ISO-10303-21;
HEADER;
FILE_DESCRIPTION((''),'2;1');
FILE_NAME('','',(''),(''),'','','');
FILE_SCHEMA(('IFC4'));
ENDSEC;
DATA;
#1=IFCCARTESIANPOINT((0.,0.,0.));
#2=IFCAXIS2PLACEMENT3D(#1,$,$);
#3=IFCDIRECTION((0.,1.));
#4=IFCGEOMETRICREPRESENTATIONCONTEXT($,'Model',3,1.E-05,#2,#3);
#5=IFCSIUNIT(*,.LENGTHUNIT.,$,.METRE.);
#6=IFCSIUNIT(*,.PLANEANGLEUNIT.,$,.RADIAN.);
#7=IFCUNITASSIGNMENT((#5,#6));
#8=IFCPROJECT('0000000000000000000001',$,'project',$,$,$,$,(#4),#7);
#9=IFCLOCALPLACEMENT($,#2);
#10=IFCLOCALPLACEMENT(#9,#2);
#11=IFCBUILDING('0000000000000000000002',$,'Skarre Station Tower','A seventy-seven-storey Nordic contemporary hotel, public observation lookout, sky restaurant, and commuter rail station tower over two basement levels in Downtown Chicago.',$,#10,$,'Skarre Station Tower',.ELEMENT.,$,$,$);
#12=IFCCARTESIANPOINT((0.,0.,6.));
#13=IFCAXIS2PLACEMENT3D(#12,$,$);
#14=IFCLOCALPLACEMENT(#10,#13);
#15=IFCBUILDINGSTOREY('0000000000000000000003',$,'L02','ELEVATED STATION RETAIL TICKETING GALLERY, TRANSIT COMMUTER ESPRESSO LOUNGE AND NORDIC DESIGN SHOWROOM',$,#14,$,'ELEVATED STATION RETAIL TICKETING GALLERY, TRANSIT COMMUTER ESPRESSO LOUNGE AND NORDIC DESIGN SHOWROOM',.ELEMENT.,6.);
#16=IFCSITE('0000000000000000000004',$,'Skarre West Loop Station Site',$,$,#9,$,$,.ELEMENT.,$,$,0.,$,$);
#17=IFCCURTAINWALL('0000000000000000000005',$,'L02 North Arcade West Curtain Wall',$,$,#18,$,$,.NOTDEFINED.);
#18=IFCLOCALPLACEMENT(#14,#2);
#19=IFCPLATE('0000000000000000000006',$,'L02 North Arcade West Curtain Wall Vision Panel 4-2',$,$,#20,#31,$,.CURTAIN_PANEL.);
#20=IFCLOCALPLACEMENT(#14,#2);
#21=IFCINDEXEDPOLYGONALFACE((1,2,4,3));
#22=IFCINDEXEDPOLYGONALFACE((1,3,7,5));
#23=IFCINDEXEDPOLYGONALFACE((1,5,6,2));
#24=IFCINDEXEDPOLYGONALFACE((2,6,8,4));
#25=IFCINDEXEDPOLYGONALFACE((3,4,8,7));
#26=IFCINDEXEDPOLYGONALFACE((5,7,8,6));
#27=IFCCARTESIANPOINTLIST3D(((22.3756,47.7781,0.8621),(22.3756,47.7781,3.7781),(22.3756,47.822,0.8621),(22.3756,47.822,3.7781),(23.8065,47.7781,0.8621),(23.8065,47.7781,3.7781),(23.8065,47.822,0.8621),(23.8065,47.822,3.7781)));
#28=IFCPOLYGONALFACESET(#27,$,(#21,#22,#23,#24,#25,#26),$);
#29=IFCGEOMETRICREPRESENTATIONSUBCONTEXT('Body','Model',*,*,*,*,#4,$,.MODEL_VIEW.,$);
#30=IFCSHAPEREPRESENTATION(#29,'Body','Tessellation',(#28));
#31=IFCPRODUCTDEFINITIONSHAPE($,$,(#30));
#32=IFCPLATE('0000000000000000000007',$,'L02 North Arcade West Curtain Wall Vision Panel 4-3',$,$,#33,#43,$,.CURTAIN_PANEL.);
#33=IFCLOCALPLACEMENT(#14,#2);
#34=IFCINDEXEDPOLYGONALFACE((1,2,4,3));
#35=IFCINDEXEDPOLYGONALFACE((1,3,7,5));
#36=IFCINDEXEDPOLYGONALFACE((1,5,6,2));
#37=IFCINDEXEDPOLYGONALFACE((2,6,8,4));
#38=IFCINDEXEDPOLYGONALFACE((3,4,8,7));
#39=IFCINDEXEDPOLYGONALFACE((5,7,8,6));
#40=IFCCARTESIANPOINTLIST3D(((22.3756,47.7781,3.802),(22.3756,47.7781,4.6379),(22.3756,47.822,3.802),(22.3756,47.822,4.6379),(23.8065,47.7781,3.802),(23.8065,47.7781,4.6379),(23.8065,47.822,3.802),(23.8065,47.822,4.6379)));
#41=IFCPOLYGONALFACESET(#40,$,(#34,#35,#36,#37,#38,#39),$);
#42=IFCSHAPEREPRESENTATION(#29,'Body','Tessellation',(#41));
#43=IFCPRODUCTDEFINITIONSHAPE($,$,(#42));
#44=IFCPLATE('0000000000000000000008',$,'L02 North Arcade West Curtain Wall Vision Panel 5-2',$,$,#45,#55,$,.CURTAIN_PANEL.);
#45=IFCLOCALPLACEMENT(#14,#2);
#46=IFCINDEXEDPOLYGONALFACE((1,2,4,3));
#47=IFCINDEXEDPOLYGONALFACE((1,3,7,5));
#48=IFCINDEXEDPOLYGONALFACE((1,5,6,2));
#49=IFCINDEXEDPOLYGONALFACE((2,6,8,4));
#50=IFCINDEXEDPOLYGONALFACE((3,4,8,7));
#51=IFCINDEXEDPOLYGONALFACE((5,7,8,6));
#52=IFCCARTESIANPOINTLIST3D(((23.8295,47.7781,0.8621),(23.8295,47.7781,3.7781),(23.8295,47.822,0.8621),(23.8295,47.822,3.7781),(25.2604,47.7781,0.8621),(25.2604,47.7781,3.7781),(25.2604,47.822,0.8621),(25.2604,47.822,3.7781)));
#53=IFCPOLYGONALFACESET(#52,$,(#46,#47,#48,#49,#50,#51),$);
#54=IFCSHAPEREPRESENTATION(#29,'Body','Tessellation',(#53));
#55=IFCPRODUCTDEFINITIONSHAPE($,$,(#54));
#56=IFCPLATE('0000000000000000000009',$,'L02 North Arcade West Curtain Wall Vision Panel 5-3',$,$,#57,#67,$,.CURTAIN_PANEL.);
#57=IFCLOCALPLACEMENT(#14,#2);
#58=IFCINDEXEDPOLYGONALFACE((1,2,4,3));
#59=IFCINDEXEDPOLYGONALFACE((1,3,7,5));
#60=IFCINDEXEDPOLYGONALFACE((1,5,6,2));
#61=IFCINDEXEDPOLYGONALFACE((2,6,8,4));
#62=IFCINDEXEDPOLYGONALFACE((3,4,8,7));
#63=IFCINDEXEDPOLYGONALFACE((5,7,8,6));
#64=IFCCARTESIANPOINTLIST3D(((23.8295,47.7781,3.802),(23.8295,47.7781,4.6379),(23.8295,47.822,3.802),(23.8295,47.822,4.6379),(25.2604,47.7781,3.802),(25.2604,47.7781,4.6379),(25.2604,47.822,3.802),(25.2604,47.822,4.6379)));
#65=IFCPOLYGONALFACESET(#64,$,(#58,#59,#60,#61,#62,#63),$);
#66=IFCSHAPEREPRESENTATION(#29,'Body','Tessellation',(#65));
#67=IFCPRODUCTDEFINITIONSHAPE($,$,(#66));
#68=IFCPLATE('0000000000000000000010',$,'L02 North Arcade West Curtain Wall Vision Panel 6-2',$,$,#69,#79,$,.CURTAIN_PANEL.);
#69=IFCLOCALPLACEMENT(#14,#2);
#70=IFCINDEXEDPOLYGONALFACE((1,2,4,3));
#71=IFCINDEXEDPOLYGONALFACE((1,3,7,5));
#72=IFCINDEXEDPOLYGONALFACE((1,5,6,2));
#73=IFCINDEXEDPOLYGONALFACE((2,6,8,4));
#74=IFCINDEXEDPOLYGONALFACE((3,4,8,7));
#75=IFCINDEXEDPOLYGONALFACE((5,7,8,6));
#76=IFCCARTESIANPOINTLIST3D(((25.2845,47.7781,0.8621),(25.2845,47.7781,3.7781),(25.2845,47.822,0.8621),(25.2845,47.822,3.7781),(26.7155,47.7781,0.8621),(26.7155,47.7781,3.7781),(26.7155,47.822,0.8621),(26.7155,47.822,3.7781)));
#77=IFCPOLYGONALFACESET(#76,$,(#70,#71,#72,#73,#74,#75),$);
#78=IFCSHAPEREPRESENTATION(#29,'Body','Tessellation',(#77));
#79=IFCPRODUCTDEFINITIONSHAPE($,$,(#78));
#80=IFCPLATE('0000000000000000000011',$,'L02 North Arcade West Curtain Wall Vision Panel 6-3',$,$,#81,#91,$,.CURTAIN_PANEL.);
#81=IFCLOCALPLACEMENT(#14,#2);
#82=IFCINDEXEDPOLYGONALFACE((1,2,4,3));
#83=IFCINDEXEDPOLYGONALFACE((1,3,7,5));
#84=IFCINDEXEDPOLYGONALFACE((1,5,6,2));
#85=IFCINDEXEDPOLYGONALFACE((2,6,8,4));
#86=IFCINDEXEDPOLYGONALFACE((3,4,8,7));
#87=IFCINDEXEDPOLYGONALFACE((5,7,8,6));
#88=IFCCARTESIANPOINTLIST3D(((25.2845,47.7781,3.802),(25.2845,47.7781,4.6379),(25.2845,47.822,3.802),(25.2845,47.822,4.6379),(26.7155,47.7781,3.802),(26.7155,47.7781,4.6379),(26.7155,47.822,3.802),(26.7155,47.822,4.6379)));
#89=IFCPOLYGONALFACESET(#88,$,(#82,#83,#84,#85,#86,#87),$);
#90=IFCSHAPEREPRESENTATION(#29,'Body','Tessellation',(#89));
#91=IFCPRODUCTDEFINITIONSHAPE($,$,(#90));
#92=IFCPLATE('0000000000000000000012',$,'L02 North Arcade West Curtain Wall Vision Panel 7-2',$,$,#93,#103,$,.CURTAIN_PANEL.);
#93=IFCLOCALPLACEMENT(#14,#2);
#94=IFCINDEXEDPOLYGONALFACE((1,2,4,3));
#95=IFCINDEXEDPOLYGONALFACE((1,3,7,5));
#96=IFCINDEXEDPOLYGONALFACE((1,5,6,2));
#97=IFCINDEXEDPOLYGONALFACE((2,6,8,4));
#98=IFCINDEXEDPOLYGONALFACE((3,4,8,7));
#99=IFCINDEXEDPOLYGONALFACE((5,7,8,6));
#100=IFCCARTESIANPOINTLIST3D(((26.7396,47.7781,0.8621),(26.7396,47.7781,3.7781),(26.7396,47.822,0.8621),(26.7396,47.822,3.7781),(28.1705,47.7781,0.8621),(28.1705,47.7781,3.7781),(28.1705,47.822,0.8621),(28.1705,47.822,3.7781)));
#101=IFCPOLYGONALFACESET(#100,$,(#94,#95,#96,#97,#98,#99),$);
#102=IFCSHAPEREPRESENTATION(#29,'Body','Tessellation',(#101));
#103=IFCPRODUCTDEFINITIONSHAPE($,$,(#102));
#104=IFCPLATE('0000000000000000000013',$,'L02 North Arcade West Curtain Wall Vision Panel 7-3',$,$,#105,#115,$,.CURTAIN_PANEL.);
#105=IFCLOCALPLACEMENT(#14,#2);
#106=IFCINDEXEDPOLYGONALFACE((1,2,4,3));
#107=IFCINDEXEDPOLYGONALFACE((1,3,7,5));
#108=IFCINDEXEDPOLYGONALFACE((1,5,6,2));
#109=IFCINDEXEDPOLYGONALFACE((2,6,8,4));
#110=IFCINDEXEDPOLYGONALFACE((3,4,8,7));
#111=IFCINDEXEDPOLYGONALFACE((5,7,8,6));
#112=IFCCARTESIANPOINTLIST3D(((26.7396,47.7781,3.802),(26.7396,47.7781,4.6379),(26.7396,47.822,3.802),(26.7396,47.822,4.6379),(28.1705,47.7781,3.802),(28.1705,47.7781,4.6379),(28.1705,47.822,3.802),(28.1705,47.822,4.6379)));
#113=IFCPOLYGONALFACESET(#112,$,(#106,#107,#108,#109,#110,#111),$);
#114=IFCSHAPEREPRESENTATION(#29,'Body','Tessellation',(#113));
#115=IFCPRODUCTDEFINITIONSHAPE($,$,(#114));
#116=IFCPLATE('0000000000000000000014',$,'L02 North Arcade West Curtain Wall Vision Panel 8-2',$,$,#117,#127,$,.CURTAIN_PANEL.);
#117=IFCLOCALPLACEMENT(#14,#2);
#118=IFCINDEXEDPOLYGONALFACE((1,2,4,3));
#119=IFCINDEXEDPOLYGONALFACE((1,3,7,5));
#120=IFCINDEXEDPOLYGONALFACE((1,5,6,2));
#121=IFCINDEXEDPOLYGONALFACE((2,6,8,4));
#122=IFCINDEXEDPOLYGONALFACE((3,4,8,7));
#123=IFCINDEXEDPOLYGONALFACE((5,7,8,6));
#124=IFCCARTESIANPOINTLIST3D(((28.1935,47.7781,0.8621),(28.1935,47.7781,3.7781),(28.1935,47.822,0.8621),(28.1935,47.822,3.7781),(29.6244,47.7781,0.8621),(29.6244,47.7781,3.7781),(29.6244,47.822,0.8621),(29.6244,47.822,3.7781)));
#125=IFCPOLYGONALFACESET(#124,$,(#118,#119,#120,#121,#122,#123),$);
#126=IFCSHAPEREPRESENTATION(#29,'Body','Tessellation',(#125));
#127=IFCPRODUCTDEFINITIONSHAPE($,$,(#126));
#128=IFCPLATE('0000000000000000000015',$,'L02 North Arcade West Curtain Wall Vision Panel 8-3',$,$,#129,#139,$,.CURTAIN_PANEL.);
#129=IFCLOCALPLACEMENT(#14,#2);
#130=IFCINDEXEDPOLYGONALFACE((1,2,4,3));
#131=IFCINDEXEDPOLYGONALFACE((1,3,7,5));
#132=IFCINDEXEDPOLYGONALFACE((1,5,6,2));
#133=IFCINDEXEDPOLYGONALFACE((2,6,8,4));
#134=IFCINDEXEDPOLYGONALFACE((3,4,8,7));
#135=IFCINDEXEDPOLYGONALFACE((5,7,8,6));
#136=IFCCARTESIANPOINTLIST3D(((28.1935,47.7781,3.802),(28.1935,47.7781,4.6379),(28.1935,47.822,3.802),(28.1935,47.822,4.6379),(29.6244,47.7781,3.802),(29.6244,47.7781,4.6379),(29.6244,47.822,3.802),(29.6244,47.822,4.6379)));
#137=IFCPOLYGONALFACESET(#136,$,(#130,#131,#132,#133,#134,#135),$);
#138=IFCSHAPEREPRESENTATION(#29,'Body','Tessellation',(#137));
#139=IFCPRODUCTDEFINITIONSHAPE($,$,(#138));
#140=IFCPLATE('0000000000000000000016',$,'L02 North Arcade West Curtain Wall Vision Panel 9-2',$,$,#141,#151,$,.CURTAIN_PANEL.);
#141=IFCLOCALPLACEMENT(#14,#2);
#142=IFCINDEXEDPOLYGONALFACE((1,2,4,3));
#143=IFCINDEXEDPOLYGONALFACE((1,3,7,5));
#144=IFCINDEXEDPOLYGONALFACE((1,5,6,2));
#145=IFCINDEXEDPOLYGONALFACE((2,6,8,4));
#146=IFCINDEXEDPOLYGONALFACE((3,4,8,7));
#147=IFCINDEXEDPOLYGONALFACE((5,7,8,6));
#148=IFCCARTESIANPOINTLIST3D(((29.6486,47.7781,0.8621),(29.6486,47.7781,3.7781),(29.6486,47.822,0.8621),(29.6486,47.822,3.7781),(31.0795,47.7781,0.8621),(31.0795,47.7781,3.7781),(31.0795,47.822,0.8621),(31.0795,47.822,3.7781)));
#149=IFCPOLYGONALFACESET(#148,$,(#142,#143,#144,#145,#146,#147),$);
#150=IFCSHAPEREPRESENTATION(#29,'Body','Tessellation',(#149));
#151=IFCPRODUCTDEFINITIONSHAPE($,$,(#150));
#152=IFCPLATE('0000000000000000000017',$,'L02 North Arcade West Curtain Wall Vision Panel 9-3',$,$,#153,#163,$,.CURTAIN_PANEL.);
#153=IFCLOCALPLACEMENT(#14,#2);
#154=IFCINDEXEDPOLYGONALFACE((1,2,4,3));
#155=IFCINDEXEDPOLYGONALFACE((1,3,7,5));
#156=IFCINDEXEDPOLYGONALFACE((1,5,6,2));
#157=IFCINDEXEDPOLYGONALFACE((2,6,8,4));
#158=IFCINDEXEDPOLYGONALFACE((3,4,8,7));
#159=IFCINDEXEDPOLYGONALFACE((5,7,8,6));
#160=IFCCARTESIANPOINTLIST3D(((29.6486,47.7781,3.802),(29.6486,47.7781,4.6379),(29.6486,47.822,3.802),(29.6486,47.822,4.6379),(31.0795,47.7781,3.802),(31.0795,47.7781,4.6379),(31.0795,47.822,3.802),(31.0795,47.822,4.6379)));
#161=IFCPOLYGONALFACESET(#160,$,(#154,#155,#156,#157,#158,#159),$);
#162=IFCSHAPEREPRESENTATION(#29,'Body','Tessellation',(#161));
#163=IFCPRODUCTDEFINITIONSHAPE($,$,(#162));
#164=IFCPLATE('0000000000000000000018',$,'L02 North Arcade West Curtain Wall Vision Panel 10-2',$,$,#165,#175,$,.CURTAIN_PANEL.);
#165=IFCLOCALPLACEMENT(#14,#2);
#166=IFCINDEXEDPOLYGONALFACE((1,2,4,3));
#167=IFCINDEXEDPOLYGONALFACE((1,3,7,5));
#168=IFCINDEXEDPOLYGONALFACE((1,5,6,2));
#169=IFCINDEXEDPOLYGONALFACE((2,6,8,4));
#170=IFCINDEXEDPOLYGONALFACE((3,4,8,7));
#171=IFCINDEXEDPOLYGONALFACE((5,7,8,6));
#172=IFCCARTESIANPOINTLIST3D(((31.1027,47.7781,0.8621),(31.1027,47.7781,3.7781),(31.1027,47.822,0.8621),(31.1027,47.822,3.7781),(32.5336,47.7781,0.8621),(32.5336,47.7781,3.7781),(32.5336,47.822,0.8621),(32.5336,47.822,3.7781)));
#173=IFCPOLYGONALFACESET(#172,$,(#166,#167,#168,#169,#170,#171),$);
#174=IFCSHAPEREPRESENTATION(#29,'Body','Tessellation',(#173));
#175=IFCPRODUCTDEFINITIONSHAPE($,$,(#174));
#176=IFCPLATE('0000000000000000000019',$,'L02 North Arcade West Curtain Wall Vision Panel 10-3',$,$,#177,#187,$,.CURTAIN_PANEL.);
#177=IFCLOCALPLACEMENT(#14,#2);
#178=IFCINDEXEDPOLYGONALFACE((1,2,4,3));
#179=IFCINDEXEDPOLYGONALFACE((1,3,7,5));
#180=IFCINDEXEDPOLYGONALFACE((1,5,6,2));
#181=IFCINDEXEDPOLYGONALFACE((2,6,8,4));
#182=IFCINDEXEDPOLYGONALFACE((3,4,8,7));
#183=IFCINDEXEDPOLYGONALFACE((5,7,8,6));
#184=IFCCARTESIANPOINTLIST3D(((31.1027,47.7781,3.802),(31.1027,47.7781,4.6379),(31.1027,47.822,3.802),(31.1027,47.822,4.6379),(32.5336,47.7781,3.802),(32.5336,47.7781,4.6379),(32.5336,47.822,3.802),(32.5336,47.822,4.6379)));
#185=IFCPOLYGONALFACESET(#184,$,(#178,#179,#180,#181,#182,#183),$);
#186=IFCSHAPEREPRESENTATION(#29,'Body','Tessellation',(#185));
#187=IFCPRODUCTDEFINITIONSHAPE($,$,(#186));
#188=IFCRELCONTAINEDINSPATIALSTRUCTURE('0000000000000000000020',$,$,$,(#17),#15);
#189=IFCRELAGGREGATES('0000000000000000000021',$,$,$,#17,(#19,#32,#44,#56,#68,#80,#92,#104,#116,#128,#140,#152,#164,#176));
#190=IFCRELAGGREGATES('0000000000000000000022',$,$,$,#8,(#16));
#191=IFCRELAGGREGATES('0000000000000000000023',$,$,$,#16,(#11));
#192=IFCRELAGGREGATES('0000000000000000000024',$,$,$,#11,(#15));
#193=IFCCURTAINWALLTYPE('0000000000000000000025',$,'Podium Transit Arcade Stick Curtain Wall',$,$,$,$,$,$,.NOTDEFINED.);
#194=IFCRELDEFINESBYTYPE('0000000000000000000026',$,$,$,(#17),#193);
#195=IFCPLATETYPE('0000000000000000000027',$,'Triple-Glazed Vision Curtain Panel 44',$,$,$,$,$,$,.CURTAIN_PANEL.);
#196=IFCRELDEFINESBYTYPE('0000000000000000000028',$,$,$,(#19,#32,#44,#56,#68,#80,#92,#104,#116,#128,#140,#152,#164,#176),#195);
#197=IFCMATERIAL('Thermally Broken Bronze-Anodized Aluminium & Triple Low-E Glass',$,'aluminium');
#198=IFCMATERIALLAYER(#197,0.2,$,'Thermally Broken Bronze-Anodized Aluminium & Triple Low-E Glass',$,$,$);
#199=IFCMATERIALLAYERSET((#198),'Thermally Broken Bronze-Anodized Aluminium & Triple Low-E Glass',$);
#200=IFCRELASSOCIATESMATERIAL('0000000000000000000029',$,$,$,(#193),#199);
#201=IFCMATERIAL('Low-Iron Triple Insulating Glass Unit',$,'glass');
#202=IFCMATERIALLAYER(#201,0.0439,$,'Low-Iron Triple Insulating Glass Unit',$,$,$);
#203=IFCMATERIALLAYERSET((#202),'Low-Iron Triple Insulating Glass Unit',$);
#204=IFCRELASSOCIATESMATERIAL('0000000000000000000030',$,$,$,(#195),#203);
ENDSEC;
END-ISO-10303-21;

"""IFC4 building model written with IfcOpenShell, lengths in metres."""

from ifc_helpers import new_model, si_unit, direction, frame, origin, origin_2d, place, context, subcontext, project, spatial, rectangle, extrude, material, layer, layer_set, type_object, element, aggregate, save


model = new_model("IFC4")

# Units and contexts
model_context = context("Model", 3, precision=1e-05, world=origin(), true_north=direction((0.0, 1.0)))
body_context = subcontext(model_context, "Body", "Model", "MODEL_VIEW")
ifc_project = project(units=[si_unit("LENGTHUNIT", "METRE"), si_unit("PLANEANGLEUNIT", "RADIAN")], contexts=[model_context])

# Site, building, storey
site_placement = place(None, origin())
site = spatial("IfcSite", under=ifc_project, at=site_placement, Name="Skarre West Loop Station Site", CompositionType="ELEMENT", RefElevation=0.0)
building_placement = place(site_placement, origin())
building = spatial("IfcBuilding", under=site, at=building_placement, Name="Skarre Station Tower", Description="A seventy-seven-storey Nordic contemporary hotel, public observation lookout, sky restaurant, and commuter rail station tower over two basement levels in Downtown Chicago.", LongName="Skarre Station Tower", CompositionType="ELEMENT")
storey_placement = place(building_placement, frame((0.0, 0.0, 6.0)))
storey = spatial("IfcBuildingStorey", under=building, at=storey_placement, Name="L02", Description="ELEVATED STATION RETAIL TICKETING GALLERY, TRANSIT COMMUTER ESPRESSO LOUNGE AND NORDIC DESIGN SHOWROOM", LongName="ELEVATED STATION RETAIL TICKETING GALLERY, TRANSIT COMMUTER ESPRESSO LOUNGE AND NORDIC DESIGN SHOWROOM", CompositionType="ELEMENT", Elevation=6.0)

# Curtain wall, plates
ifc_material_1 = material(Name="Thermally Broken Bronze-Anodized Aluminium & Triple Low-E Glass", Category="aluminium")
ifc_layer_1 = layer(ifc_material_1, 0.2, Name="Thermally Broken Bronze-Anodized Aluminium & Triple Low-E Glass")
ifc_layer_set_1 = layer_set([ifc_layer_1], Name="Thermally Broken Bronze-Anodized Aluminium & Triple Low-E Glass")
curtain_wall_type = type_object("IfcCurtainWallType", Name="Podium Transit Arcade Stick Curtain Wall", PredefinedType="NOTDEFINED", material=ifc_layer_set_1)
curtain_wall_placement = place(storey_placement, origin())
curtain_wall = element("IfcCurtainWall", 1, at=curtain_wall_placement, inside=storey, type_object=curtain_wall_type, Name="L02 North Arcade West Curtain Wall", PredefinedType="NOTDEFINED")
ifc_material_2 = material(Name="Low-Iron Triple Insulating Glass Unit", Category="glass")
ifc_layer_2 = layer(ifc_material_2, 0.0439, Name="Low-Iron Triple Insulating Glass Unit")
ifc_layer_set_2 = layer_set([ifc_layer_2], Name="Low-Iron Triple Insulating Glass Unit")
plate_type_1 = type_object("IfcPlateType", Name="Triple-Glazed Vision Curtain Panel 44", PredefinedType="CURTAIN_PANEL", material=ifc_layer_set_2)
plate_1_placement = place(storey_placement, frame((23.0911, 47.8, 0.8621), z_axis=(0.0, 0.0, 1.0), x_axis=(1.0, 0.0, 0.0)))
plate_1 = element("IfcPlate", 2, at=plate_1_placement, type_object=plate_type_1, Name="L02 North Arcade West Curtain Wall Vision Panel 4-2", PredefinedType="CURTAIN_PANEL", context=body_context, shape_type="SweptSolid", body=[
    extrude(rectangle(XDim=1.4309, YDim=0.0439, at=origin_2d()), origin(), (0.0, 0.0, 1.0), 2.916),
])
plate_2_placement = place(storey_placement, frame((23.0911, 47.8, 3.802), z_axis=(0.0, 0.0, 1.0), x_axis=(1.0, 0.0, 0.0)))
plate_2 = element("IfcPlate", 3, at=plate_2_placement, type_object=plate_type_1, Name="L02 North Arcade West Curtain Wall Vision Panel 4-3", PredefinedType="CURTAIN_PANEL", context=body_context, shape_type="SweptSolid", body=[
    extrude(rectangle(XDim=1.4309, YDim=0.0439, at=origin_2d()), origin(), (0.0, 0.0, 1.0), 0.8359),
])
plate_3_placement = place(storey_placement, frame((24.5449, 47.8, 0.8621), z_axis=(0.0, 0.0, 1.0), x_axis=(1.0, 0.0, 0.0)))
plate_3 = element("IfcPlate", 4, at=plate_3_placement, type_object=plate_type_1, Name="L02 North Arcade West Curtain Wall Vision Panel 5-2", PredefinedType="CURTAIN_PANEL", context=body_context, shape_type="SweptSolid", body=[
    extrude(rectangle(XDim=1.4309, YDim=0.0439, at=origin_2d()), origin(), (0.0, 0.0, 1.0), 2.916),
])
plate_4_placement = place(storey_placement, frame((24.5449, 47.8, 3.802), z_axis=(0.0, 0.0, 1.0), x_axis=(1.0, 0.0, 0.0)))
plate_4 = element("IfcPlate", 5, at=plate_4_placement, type_object=plate_type_1, Name="L02 North Arcade West Curtain Wall Vision Panel 5-3", PredefinedType="CURTAIN_PANEL", context=body_context, shape_type="SweptSolid", body=[
    extrude(rectangle(XDim=1.4309, YDim=0.0439, at=origin_2d()), origin(), (0.0, 0.0, 1.0), 0.8359),
])
plate_5_placement = place(storey_placement, frame((26.0, 47.8, 0.8621), z_axis=(0.0, 0.0, 1.0), x_axis=(1.0, 0.0, 0.0)))
plate_5 = element("IfcPlate", 6, at=plate_5_placement, type_object=plate_type_1, Name="L02 North Arcade West Curtain Wall Vision Panel 6-2", PredefinedType="CURTAIN_PANEL", context=body_context, shape_type="SweptSolid", body=[
    extrude(rectangle(XDim=1.4309, YDim=0.0439, at=origin_2d()), origin(), (0.0, 0.0, 1.0), 2.916),
])
plate_6_placement = place(storey_placement, frame((26.0, 47.8, 3.802), z_axis=(0.0, 0.0, 1.0), x_axis=(1.0, 0.0, 0.0)))
plate_6 = element("IfcPlate", 7, at=plate_6_placement, type_object=plate_type_1, Name="L02 North Arcade West Curtain Wall Vision Panel 6-3", PredefinedType="CURTAIN_PANEL", context=body_context, shape_type="SweptSolid", body=[
    extrude(rectangle(XDim=1.4309, YDim=0.0439, at=origin_2d()), origin(), (0.0, 0.0, 1.0), 0.8359),
])
plate_7_placement = place(storey_placement, frame((27.4551, 47.8, 0.8621), z_axis=(0.0, 0.0, 1.0), x_axis=(1.0, 0.0, 0.0)))
plate_7 = element("IfcPlate", 8, at=plate_7_placement, type_object=plate_type_1, Name="L02 North Arcade West Curtain Wall Vision Panel 7-2", PredefinedType="CURTAIN_PANEL", context=body_context, shape_type="SweptSolid", body=[
    extrude(rectangle(XDim=1.4309, YDim=0.0439, at=origin_2d()), origin(), (0.0, 0.0, 1.0), 2.916),
])
plate_8_placement = place(storey_placement, frame((27.4551, 47.8, 3.802), z_axis=(0.0, 0.0, 1.0), x_axis=(1.0, 0.0, 0.0)))
plate_8 = element("IfcPlate", 9, at=plate_8_placement, type_object=plate_type_1, Name="L02 North Arcade West Curtain Wall Vision Panel 7-3", PredefinedType="CURTAIN_PANEL", context=body_context, shape_type="SweptSolid", body=[
    extrude(rectangle(XDim=1.4309, YDim=0.0439, at=origin_2d()), origin(), (0.0, 0.0, 1.0), 0.8359),
])
plate_9_placement = place(storey_placement, frame((28.9089, 47.8, 0.8621), z_axis=(0.0, 0.0, 1.0), x_axis=(1.0, 0.0, 0.0)))
plate_9 = element("IfcPlate", 10, at=plate_9_placement, type_object=plate_type_1, Name="L02 North Arcade West Curtain Wall Vision Panel 8-2", PredefinedType="CURTAIN_PANEL", context=body_context, shape_type="SweptSolid", body=[
    extrude(rectangle(XDim=1.4309, YDim=0.0439, at=origin_2d()), origin(), (0.0, 0.0, 1.0), 2.916),
])
plate_10_placement = place(storey_placement, frame((28.9089, 47.8, 3.802), z_axis=(0.0, 0.0, 1.0), x_axis=(1.0, 0.0, 0.0)))
plate_10 = element("IfcPlate", 11, at=plate_10_placement, type_object=plate_type_1, Name="L02 North Arcade West Curtain Wall Vision Panel 8-3", PredefinedType="CURTAIN_PANEL", context=body_context, shape_type="SweptSolid", body=[
    extrude(rectangle(XDim=1.4309, YDim=0.0439, at=origin_2d()), origin(), (0.0, 0.0, 1.0), 0.8359),
])
plate_11_placement = place(storey_placement, frame((30.364, 47.8, 0.8621), z_axis=(0.0, 0.0, 1.0), x_axis=(1.0, 0.0, 0.0)))
plate_11 = element("IfcPlate", 12, at=plate_11_placement, type_object=plate_type_1, Name="L02 North Arcade West Curtain Wall Vision Panel 9-2", PredefinedType="CURTAIN_PANEL", context=body_context, shape_type="SweptSolid", body=[
    extrude(rectangle(XDim=1.4309, YDim=0.0439, at=origin_2d()), origin(), (0.0, 0.0, 1.0), 2.916),
])
plate_12_placement = place(storey_placement, frame((30.364, 47.8, 3.802), z_axis=(0.0, 0.0, 1.0), x_axis=(1.0, 0.0, 0.0)))
plate_12 = element("IfcPlate", 13, at=plate_12_placement, type_object=plate_type_1, Name="L02 North Arcade West Curtain Wall Vision Panel 9-3", PredefinedType="CURTAIN_PANEL", context=body_context, shape_type="SweptSolid", body=[
    extrude(rectangle(XDim=1.4309, YDim=0.0439, at=origin_2d()), origin(), (0.0, 0.0, 1.0), 0.8359),
])
plate_13_placement = place(storey_placement, frame((31.8181, 47.8, 0.8621), z_axis=(0.0, 0.0, 1.0), x_axis=(1.0, 0.0, 0.0)))
plate_13 = element("IfcPlate", 14, at=plate_13_placement, type_object=plate_type_1, Name="L02 North Arcade West Curtain Wall Vision Panel 10-2", PredefinedType="CURTAIN_PANEL", context=body_context, shape_type="SweptSolid", body=[
    extrude(rectangle(XDim=1.4309, YDim=0.0439, at=origin_2d()), origin(), (0.0, 0.0, 1.0), 2.916),
])
plate_14_placement = place(storey_placement, frame((31.8181, 47.8, 3.802), z_axis=(0.0, 0.0, 1.0), x_axis=(1.0, 0.0, 0.0)))
plate_14 = element("IfcPlate", 15, at=plate_14_placement, type_object=plate_type_1, Name="L02 North Arcade West Curtain Wall Vision Panel 10-3", PredefinedType="CURTAIN_PANEL", context=body_context, shape_type="SweptSolid", body=[
    extrude(rectangle(XDim=1.4309, YDim=0.0439, at=origin_2d()), origin(), (0.0, 0.0, 1.0), 0.8359),
])
aggregate(curtain_wall, [plate_1, plate_2, plate_3, plate_4, plate_5, plate_6, plate_7, plate_8, plate_9, plate_10, plate_11, plate_12, plate_13, plate_14])

save(model, "model.ifc")
